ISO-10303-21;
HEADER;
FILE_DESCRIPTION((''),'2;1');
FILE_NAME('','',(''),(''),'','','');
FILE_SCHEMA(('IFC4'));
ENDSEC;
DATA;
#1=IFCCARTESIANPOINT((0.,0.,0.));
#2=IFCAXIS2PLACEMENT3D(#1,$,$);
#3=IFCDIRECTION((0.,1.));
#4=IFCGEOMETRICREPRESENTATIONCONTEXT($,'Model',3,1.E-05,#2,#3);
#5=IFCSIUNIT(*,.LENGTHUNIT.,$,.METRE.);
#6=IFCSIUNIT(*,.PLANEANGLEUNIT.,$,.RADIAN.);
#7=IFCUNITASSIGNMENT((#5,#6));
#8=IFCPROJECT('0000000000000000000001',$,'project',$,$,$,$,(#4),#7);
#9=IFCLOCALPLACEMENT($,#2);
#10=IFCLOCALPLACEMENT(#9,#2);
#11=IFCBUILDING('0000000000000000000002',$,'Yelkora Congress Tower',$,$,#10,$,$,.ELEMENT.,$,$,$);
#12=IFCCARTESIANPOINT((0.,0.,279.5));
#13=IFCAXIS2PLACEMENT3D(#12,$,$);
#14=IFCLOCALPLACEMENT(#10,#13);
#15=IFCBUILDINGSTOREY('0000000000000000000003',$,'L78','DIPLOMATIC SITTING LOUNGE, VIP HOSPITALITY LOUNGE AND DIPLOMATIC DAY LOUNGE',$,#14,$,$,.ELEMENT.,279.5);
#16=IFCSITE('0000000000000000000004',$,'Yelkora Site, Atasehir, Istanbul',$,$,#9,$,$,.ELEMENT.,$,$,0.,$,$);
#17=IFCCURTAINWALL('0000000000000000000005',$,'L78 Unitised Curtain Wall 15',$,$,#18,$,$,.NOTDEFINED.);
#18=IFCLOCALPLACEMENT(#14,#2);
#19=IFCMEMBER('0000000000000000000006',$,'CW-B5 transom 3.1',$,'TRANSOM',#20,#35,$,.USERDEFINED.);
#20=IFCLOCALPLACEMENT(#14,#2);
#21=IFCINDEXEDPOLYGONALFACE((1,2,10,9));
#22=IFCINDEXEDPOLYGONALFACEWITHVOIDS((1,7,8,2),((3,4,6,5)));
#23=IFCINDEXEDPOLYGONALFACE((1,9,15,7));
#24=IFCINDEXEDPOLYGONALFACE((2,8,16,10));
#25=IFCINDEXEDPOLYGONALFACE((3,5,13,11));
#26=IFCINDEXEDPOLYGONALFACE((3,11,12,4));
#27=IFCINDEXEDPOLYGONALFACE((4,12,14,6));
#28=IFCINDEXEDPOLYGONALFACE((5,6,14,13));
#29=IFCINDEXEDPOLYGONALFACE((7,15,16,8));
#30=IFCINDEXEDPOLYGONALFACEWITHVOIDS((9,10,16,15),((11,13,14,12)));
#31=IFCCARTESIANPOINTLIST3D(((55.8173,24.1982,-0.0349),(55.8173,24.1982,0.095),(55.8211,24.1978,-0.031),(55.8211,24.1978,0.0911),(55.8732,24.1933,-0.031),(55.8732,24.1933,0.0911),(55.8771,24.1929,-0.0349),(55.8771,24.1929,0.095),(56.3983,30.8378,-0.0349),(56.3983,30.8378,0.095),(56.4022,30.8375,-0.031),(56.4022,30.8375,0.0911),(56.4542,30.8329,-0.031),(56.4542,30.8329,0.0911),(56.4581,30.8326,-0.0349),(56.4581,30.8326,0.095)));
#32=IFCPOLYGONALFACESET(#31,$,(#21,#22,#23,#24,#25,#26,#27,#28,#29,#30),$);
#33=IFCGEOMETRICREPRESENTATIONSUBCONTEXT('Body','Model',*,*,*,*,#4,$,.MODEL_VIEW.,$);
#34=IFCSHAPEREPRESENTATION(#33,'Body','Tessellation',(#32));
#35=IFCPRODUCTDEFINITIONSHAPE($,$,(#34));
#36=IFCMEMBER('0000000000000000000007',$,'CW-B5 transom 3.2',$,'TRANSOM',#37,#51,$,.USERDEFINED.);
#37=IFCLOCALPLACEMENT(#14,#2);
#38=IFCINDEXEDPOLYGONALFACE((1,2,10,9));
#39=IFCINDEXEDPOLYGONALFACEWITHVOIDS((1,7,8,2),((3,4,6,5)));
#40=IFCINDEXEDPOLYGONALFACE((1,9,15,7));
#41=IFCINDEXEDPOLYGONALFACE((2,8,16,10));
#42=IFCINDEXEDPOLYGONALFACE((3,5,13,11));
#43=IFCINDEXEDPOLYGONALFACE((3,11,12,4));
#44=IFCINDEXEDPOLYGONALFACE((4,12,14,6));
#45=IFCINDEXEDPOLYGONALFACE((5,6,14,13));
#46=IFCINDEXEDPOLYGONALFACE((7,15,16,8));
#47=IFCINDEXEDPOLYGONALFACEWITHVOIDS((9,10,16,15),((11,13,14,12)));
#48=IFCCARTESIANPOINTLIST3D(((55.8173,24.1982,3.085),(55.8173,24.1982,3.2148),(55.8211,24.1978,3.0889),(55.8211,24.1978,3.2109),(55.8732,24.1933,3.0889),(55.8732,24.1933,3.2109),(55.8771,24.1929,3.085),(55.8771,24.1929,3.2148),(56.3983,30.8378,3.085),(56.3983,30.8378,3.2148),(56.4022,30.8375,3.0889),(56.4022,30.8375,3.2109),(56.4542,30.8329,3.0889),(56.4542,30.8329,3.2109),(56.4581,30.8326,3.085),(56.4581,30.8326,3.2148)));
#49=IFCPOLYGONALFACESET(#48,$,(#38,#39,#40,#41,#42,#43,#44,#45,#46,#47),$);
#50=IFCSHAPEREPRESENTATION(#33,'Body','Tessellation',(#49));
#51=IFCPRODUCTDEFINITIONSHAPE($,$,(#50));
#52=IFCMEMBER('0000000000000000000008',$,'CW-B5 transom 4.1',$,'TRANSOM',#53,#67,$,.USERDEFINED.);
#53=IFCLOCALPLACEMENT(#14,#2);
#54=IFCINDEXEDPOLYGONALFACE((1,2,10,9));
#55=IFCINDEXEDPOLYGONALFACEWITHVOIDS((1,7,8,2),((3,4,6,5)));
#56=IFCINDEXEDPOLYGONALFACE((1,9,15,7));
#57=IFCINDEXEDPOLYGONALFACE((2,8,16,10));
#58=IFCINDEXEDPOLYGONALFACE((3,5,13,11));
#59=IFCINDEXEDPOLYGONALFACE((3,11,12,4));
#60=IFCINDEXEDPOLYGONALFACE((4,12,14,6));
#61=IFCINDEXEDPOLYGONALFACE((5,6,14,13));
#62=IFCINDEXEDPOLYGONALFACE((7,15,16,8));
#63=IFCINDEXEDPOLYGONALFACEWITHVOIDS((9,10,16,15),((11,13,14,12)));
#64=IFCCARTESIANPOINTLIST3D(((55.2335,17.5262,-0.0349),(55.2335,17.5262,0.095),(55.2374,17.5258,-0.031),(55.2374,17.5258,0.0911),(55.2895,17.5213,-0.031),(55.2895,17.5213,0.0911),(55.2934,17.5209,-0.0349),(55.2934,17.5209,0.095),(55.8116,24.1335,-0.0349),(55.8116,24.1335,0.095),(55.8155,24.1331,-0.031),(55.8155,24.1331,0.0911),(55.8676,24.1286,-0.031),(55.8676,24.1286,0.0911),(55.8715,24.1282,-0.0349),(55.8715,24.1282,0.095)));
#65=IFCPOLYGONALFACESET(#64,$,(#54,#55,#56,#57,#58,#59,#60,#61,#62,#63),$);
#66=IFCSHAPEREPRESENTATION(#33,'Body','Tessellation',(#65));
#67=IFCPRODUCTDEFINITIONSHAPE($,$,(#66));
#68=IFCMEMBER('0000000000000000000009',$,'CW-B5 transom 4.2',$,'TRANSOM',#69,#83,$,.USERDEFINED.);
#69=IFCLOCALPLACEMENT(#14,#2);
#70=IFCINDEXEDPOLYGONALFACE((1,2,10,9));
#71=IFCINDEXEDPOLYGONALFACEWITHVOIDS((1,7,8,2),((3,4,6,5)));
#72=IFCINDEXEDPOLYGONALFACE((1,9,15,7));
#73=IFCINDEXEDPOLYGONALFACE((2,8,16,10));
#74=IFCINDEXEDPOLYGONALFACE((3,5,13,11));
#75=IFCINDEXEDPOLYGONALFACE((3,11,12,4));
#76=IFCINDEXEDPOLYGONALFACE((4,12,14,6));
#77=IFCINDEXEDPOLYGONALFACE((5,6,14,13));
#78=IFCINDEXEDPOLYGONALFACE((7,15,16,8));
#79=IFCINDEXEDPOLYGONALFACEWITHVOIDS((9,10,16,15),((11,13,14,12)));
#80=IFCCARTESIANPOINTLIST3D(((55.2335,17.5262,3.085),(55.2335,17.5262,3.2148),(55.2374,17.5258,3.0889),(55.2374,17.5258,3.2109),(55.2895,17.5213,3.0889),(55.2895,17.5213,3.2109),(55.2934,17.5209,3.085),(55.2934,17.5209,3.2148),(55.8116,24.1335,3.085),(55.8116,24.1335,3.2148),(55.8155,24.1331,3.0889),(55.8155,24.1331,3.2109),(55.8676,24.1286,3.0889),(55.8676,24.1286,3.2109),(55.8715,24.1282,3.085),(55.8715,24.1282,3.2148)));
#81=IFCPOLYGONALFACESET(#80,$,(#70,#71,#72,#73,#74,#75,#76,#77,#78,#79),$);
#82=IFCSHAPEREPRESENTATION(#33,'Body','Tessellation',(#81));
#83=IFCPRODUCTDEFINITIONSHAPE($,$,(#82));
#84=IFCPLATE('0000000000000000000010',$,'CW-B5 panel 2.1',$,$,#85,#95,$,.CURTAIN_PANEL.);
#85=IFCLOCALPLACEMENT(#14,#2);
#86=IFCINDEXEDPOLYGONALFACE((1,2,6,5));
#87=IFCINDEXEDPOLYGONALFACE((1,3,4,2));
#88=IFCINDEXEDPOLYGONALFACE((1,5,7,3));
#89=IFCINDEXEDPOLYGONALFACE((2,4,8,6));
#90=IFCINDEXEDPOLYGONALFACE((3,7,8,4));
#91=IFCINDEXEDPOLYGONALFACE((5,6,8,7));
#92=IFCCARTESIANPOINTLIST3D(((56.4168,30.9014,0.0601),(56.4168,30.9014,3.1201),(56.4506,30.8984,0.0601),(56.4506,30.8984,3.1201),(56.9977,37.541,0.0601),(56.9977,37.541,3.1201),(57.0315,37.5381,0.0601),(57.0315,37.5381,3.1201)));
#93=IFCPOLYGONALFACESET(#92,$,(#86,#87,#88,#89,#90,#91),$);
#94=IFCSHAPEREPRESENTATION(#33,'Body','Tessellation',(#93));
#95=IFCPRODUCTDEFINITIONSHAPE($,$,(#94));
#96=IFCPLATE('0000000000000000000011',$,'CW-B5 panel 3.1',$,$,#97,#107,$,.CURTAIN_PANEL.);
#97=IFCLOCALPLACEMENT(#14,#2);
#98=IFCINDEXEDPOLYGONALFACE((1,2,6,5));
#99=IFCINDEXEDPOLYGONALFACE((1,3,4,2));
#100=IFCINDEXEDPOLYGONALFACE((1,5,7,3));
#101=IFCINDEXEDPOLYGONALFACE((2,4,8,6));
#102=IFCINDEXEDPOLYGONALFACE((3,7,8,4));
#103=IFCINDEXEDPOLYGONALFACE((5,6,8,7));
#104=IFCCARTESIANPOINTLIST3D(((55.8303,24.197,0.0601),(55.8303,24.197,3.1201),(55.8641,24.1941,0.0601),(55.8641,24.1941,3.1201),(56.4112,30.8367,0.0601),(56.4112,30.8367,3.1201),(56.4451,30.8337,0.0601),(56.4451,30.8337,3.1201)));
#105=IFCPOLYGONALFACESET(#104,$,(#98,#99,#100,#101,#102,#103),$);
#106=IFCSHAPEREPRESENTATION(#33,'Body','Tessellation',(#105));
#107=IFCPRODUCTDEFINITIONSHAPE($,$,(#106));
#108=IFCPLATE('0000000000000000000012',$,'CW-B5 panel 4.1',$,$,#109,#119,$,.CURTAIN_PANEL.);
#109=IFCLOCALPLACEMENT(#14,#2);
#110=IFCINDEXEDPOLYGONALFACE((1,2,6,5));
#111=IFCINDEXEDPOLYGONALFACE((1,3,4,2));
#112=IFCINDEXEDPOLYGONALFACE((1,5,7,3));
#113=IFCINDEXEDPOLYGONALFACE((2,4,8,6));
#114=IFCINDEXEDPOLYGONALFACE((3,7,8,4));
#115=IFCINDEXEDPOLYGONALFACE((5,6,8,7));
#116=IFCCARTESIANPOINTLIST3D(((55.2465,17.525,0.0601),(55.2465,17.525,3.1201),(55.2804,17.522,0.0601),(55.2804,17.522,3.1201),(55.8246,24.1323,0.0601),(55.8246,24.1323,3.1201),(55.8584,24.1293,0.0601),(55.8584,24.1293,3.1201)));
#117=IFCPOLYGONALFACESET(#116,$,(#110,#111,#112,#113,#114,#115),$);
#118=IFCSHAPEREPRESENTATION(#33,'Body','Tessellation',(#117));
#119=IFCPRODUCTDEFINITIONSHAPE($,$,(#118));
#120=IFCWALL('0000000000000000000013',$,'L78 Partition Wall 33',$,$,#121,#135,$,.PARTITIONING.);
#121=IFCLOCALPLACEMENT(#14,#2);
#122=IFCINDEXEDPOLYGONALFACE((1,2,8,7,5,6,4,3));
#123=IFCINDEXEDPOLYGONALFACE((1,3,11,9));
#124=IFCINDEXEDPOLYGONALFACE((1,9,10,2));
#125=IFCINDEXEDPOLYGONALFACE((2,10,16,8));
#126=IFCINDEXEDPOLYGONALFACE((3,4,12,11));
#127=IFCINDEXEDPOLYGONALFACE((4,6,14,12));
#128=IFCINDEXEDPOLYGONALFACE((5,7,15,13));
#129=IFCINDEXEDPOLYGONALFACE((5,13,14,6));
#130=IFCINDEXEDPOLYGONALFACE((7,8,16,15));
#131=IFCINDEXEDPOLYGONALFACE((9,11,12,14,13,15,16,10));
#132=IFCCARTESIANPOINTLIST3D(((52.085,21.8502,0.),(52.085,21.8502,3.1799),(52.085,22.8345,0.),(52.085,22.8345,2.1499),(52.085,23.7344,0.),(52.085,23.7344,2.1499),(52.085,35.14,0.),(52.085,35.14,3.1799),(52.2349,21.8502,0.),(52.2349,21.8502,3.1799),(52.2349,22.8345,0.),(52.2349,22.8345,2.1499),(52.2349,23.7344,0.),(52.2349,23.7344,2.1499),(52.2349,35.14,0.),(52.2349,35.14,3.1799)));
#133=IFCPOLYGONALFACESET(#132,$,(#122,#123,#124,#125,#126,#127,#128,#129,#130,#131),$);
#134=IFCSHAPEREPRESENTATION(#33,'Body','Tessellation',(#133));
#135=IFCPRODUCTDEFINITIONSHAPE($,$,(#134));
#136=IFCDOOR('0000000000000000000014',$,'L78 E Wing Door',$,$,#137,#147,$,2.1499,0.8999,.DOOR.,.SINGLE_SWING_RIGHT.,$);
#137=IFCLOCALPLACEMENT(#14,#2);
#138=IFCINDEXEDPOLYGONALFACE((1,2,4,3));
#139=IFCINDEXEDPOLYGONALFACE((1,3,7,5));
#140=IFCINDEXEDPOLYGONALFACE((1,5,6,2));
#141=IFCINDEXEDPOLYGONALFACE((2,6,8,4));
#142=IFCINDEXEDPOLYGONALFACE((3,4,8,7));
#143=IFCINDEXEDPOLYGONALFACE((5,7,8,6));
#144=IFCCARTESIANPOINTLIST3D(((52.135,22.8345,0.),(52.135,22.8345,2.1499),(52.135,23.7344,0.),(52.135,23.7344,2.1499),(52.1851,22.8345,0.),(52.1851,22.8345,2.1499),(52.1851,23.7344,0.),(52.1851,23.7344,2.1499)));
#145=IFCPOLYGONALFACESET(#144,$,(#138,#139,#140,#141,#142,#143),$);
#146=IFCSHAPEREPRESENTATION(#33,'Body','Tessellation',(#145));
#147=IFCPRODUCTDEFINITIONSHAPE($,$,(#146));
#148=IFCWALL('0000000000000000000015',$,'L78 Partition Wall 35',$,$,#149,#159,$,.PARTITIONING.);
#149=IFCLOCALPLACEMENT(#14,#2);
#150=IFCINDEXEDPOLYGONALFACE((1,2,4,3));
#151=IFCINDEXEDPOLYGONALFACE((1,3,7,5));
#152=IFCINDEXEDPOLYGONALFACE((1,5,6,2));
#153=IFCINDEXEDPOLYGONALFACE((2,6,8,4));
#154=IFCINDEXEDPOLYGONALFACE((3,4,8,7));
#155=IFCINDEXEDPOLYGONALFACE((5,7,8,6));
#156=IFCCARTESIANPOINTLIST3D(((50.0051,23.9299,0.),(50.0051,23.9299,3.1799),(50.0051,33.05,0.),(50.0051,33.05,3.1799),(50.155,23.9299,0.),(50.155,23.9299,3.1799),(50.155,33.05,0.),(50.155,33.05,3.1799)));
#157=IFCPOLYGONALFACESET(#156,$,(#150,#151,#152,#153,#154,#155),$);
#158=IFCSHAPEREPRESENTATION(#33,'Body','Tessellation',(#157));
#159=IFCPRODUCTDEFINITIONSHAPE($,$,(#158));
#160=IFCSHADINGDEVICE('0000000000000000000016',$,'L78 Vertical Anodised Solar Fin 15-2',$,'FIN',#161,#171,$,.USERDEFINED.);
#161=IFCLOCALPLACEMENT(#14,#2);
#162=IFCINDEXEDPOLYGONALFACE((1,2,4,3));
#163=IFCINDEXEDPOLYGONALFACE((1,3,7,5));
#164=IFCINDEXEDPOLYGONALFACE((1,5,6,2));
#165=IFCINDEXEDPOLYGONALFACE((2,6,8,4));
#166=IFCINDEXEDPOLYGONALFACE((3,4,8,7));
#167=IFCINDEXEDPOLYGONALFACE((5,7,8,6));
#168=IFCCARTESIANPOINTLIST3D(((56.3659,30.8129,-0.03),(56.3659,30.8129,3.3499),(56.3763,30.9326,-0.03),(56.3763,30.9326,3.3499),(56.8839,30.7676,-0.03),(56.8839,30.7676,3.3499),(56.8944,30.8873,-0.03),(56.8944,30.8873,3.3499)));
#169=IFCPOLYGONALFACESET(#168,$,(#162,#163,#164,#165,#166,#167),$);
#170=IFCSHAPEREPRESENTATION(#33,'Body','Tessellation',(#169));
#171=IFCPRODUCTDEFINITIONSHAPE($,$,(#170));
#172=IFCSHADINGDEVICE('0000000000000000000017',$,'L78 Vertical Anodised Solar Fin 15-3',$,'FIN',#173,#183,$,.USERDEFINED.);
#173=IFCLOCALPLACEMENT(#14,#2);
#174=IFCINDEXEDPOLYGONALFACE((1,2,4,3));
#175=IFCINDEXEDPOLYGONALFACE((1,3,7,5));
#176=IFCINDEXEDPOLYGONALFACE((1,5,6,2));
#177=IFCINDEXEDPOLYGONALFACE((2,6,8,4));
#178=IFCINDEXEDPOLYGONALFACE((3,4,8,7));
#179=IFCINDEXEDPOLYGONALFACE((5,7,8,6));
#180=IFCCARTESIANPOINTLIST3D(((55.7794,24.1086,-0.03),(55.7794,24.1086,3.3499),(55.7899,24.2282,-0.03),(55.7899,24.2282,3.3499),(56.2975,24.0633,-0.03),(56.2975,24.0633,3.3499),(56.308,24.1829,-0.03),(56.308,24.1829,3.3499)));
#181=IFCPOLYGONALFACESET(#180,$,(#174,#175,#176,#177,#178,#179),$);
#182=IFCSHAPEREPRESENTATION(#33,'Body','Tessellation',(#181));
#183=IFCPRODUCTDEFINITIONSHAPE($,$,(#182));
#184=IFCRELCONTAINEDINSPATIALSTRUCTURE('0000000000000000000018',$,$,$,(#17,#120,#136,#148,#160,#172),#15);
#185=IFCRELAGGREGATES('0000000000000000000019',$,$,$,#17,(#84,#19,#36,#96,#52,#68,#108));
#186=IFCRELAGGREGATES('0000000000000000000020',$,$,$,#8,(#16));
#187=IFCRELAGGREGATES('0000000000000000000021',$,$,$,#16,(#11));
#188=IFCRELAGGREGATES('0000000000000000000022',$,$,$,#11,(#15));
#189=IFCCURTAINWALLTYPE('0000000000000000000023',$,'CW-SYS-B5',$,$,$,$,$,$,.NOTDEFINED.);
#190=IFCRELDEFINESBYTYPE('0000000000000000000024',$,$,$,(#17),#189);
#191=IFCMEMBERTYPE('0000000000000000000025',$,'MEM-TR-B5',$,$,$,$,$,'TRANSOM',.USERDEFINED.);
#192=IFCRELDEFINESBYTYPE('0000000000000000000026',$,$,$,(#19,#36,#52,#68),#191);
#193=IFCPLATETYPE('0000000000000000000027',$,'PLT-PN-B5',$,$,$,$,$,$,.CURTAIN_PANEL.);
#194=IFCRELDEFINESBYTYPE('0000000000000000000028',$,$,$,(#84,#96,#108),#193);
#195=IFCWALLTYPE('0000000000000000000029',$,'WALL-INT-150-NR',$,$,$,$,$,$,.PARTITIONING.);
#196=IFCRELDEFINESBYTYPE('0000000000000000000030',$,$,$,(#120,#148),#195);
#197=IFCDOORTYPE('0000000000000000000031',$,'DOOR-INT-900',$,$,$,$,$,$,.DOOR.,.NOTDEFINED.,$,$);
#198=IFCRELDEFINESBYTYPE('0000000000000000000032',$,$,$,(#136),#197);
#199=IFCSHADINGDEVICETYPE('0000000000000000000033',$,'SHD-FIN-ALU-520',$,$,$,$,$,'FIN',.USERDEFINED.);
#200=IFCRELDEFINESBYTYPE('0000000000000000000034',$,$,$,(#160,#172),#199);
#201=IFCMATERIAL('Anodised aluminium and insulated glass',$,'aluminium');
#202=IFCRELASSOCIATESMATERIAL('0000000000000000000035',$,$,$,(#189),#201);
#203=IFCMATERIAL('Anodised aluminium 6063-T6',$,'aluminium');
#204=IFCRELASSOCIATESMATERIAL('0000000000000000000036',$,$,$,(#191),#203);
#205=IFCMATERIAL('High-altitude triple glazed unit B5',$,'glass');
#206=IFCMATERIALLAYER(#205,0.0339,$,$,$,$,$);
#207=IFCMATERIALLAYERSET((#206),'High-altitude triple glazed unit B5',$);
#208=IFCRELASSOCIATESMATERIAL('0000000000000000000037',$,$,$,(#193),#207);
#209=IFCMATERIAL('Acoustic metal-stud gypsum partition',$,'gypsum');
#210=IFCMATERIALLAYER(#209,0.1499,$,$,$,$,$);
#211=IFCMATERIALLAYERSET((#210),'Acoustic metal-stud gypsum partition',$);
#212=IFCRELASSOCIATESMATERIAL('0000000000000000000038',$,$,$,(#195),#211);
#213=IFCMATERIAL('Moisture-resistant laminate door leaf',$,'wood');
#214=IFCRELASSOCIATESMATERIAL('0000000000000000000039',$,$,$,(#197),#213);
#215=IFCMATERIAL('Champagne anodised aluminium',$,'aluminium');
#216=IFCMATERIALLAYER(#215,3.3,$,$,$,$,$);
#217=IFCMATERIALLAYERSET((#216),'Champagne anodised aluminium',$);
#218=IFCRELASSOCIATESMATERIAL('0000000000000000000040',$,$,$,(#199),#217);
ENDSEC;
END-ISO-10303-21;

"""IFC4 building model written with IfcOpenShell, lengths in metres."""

from ifc_helpers import new_model, si_unit, direction, frame, frame_2d, origin, origin_2d, place, context, subcontext, project, spatial, rectangle, hollow_rectangle, extrude, material, layer, layer_set, material_profile, profile_set, type_object, element, fill, aggregate, save


model = new_model("IFC4")

# Units and contexts
model_context = context("Model", 3, precision=1e-05, world=origin(), true_north=direction((0.0, 1.0)))
body_context = subcontext(model_context, "Body", "Model", "MODEL_VIEW")
ifc_project = project(units=[si_unit("LENGTHUNIT", "METRE"), si_unit("PLANEANGLEUNIT", "RADIAN")], contexts=[model_context])

# Site, building, storey
site_placement = place(None, origin())
site = spatial("IfcSite", under=ifc_project, at=site_placement, Name="Yelkora Site, Atasehir, Istanbul", CompositionType="ELEMENT", RefElevation=0.0)
building_placement = place(site_placement, origin())
building = spatial("IfcBuilding", under=site, at=building_placement, Name="Yelkora Congress Tower", CompositionType="ELEMENT")
storey_placement = place(building_placement, frame((0.0, 0.0, 279.5)))
storey = spatial("IfcBuildingStorey", under=building, at=storey_placement, Name="L78", Description="DIPLOMATIC SITTING LOUNGE, VIP HOSPITALITY LOUNGE AND DIPLOMATIC DAY LOUNGE", CompositionType="ELEMENT", Elevation=279.5)

# Curtain wall, members, plates
ifc_material_1 = material(Name="Anodised aluminium and insulated glass", Category="aluminium")
curtain_wall_type = type_object("IfcCurtainWallType", Name="CW-SYS-B5", PredefinedType="NOTDEFINED", material=ifc_material_1)
curtain_wall_placement = place(storey_placement, origin())
curtain_wall = element("IfcCurtainWall", 1, at=curtain_wall_placement, inside=storey, type_object=curtain_wall_type, Name="L78 Unitised Curtain Wall 15", PredefinedType="NOTDEFINED")
ifc_material_2 = material(Name="Anodised aluminium 6063-T6", Category="aluminium")
ifc_material_profile_1 = material_profile(ifc_material_2, hollow_rectangle(XDim=0.0601, YDim=0.1299, WallThickness=0.0039, at=origin_2d()), Name="ALU 60x130x4")
ifc_profile_set_1 = profile_set([ifc_material_profile_1], Name="Anodised aluminium 6063-T6")
member_type_1 = type_object("IfcMemberType", Name="MEM-TR-B5", ElementType="TRANSOM", PredefinedType="USERDEFINED", material=ifc_profile_set_1)
member_1_placement = place(storey_placement, frame((56.4282, 30.8352, 0.03), z_axis=(-0.08718, -0.996193, 0.0), x_axis=(0.996193, -0.08718, 0.0)))
member_1 = element("IfcMember", 2, at=member_1_placement, type_object=member_type_1, Name="CW-B5 transom 3.1", ObjectType="TRANSOM", PredefinedType="USERDEFINED", context=body_context, shape_type="SweptSolid", body=[
    extrude(hollow_rectangle(XDim=0.0601, YDim=0.1299, WallThickness=0.0039, at=origin_2d()), origin(), (0.0, 0.0, 1.0), 6.665),
])
member_2_placement = place(storey_placement, frame((56.4282, 30.8352, 3.1499), z_axis=(-0.08718, -0.996193, 0.0), x_axis=(0.996193, -0.08718, 0.0)))
member_2 = element("IfcMember", 3, at=member_2_placement, type_object=member_type_1, Name="CW-B5 transom 3.2", ObjectType="TRANSOM", PredefinedType="USERDEFINED", context=body_context, shape_type="SweptSolid", body=[
    extrude(hollow_rectangle(XDim=0.0601, YDim=0.1299, WallThickness=0.0039, at=origin_2d()), origin(), (0.0, 0.0, 1.0), 6.665),
])
member_3_placement = place(storey_placement, frame((55.8416, 24.1309, 0.03), z_axis=(-0.087163, -0.996194, 0.0), x_axis=(0.996194, -0.087163, 0.0)))
member_3 = element("IfcMember", 4, at=member_3_placement, type_object=member_type_1, Name="CW-B5 transom 4.1", ObjectType="TRANSOM", PredefinedType="USERDEFINED", context=body_context, shape_type="SweptSolid", body=[
    extrude(hollow_rectangle(XDim=0.0601, YDim=0.1299, WallThickness=0.0039, at=origin_2d()), origin(), (0.0, 0.0, 1.0), 6.6326),
])
member_4_placement = place(storey_placement, frame((55.8416, 24.1309, 3.1499), z_axis=(-0.087163, -0.996194, 0.0), x_axis=(0.996194, -0.087163, 0.0)))
member_4 = element("IfcMember", 5, at=member_4_placement, type_object=member_type_1, Name="CW-B5 transom 4.2", ObjectType="TRANSOM", PredefinedType="USERDEFINED", context=body_context, shape_type="SweptSolid", body=[
    extrude(hollow_rectangle(XDim=0.0601, YDim=0.1299, WallThickness=0.0039, at=origin_2d()), origin(), (0.0, 0.0, 1.0), 6.6326),
])
ifc_material_3 = material(Name="High-altitude triple glazed unit B5", Category="glass")
ifc_layer_1 = layer(ifc_material_3, 0.0339)
ifc_layer_set_1 = layer_set([ifc_layer_1], Name="High-altitude triple glazed unit B5")
plate_type = type_object("IfcPlateType", Name="PLT-PN-B5", PredefinedType="CURTAIN_PANEL", material=ifc_layer_set_1)
plate_1_placement = place(storey_placement, frame((56.7241, 34.2197, 0.0601), z_axis=(0.0, 0.0, 1.0), x_axis=(-0.087158, -0.996194, 0.0)))
plate_1 = element("IfcPlate", 6, at=plate_1_placement, type_object=plate_type, Name="CW-B5 panel 2.1", PredefinedType="CURTAIN_PANEL", context=body_context, shape_type="SweptSolid", body=[
    extrude(rectangle(XDim=6.665, YDim=0.0339, at=origin_2d()), origin(), (0.0, 0.0, 1.0), 3.0601),
])
plate_2_placement = place(storey_placement, frame((56.1377, 27.5154, 0.0601), z_axis=(0.0, 0.0, 1.0), x_axis=(-0.087158, -0.996194, 0.0)))
plate_2 = element("IfcPlate", 7, at=plate_2_placement, type_object=plate_type, Name="CW-B5 panel 3.1", PredefinedType="CURTAIN_PANEL", context=body_context, shape_type="SweptSolid", body=[
    extrude(rectangle(XDim=6.665, YDim=0.0339, at=origin_2d()), origin(), (0.0, 0.0, 1.0), 3.0601),
])
plate_3_placement = place(storey_placement, frame((55.5525, 20.8271, 0.0601), z_axis=(0.0, 0.0, 1.0), x_axis=(-0.087158, -0.996194, 0.0)))
plate_3 = element("IfcPlate", 8, at=plate_3_placement, type_object=plate_type, Name="CW-B5 panel 4.1", PredefinedType="CURTAIN_PANEL", context=body_context, shape_type="SweptSolid", body=[
    extrude(rectangle(XDim=6.6326, YDim=0.0339, at=origin_2d()), origin(), (0.0, 0.0, 1.0), 3.0601),
])
aggregate(curtain_wall, [plate_1, member_1, member_2, plate_2, member_3, member_4, plate_3])

# Wall, opening, door
ifc_material_4 = material(Name="Acoustic metal-stud gypsum partition", Category="gypsum")
ifc_layer_2 = layer(ifc_material_4, 0.1499)
ifc_layer_set_2 = layer_set([ifc_layer_2], Name="Acoustic metal-stud gypsum partition")
wall_type = type_object("IfcWallType", Name="WALL-INT-150-NR", PredefinedType="PARTITIONING", material=ifc_layer_set_2)
wall_1_placement = place(storey_placement, frame((52.1599, 21.8501, 0.0), z_axis=(0.0, 0.0, 1.0), x_axis=(0.0, 1.0, 0.0)))
wall_1 = element("IfcWall", 9, at=wall_1_placement, inside=storey, type_object=wall_type, Name="L78 Partition Wall 33", PredefinedType="PARTITIONING", context=body_context, shape_type="SweptSolid", body=[
    extrude(rectangle(XDim=13.2898, YDim=0.1499, at=frame_2d((6.645, 0.0))), origin(), (0.0, 0.0, 1.0), 3.1799),
])
opening_placement = place(wall_1_placement, frame((0.9844, 0.0, 0.0)))
opening = element("IfcOpeningElement", 10, at=opening_placement, cuts=wall_1, PredefinedType="OPENING", context=body_context, shape_type="SweptSolid", body=[
    extrude(rectangle(XDim=0.8999, YDim=2.1499, at=frame_2d((0.45, 1.075))), frame((0.0, 0.085, 0.0), z_axis=(0.0, -1.0, 0.0), x_axis=(1.0, 0.0, 0.0)), (0.0, 0.0, 1.0), 0.1699),
])
ifc_material_5 = material(Name="Moisture-resistant laminate door leaf", Category="wood")
door_type = type_object("IfcDoorType", Name="DOOR-INT-900", OperationType="NOTDEFINED", PredefinedType="DOOR", material=ifc_material_5)
door_placement = place(opening_placement, origin())
door = element("IfcDoor", 11, at=door_placement, inside=storey, type_object=door_type, Name="L78 E Wing Door", OperationType="SINGLE_SWING_RIGHT", OverallHeight=2.1499, OverallWidth=0.8999, PredefinedType="DOOR", context=body_context, shape_type="SweptSolid", body=[
    extrude(rectangle(XDim=0.8999, YDim=2.1499, at=frame_2d((0.45, 1.075))), frame((0.0, 0.0249, 0.0), z_axis=(0.0, -1.0, 0.0), x_axis=(1.0, 0.0, 0.0)), (0.0, 0.0, 1.0), 0.05),
])
fill(opening, door)

# Wall
wall_2_placement = place(storey_placement, frame((50.0801, 23.9299, 0.0), z_axis=(0.0, 0.0, 1.0), x_axis=(0.0, 1.0, 0.0)))
element("IfcWall", 12, at=wall_2_placement, inside=storey, type_object=wall_type, Name="L78 Partition Wall 35", PredefinedType="PARTITIONING", context=body_context, shape_type="SweptSolid", body=[
    extrude(rectangle(XDim=9.1201, YDim=0.1499, at=frame_2d((4.5601, 0.0))), origin(), (0.0, 0.0, 1.0), 3.1799),
])

# Shading devices
ifc_material_6 = material(Name="Champagne anodised aluminium", Category="aluminium")
ifc_layer_3 = layer(ifc_material_6, 3.3)
ifc_layer_set_3 = layer_set([ifc_layer_3], Name="Champagne anodised aluminium")
shading_device_type = type_object("IfcShadingDeviceType", Name="SHD-FIN-ALU-520", ElementType="FIN", PredefinedType="USERDEFINED", material=ifc_layer_set_3)
for number, where, z_axis, x_axis, name in (
    (13, (56.6301, 30.8501, -0.03), (0.0, 0.0, 1.0), (-0.087156, -0.996195, 0.0), "L78 Vertical Anodised Solar Fin 15-2"),
    (14, (56.0437, 24.1458, -0.03), (0.0, 0.0, 1.0), (-0.087156, -0.996195, 0.0), "L78 Vertical Anodised Solar Fin 15-3"),
):
    element("IfcShadingDevice", number, at=place(storey_placement, frame(where, z_axis=z_axis, x_axis=x_axis)), inside=storey, type_object=shading_device_type, Name=name, ObjectType="FIN", PredefinedType="USERDEFINED", context=body_context, shape_type="SweptSolid", body=[
        extrude(rectangle(XDim=0.1201, YDim=0.52, at=origin_2d()), origin(), (0.0, 0.0, 1.0), 3.3799),
    ])

save(model, "model.ifc")
